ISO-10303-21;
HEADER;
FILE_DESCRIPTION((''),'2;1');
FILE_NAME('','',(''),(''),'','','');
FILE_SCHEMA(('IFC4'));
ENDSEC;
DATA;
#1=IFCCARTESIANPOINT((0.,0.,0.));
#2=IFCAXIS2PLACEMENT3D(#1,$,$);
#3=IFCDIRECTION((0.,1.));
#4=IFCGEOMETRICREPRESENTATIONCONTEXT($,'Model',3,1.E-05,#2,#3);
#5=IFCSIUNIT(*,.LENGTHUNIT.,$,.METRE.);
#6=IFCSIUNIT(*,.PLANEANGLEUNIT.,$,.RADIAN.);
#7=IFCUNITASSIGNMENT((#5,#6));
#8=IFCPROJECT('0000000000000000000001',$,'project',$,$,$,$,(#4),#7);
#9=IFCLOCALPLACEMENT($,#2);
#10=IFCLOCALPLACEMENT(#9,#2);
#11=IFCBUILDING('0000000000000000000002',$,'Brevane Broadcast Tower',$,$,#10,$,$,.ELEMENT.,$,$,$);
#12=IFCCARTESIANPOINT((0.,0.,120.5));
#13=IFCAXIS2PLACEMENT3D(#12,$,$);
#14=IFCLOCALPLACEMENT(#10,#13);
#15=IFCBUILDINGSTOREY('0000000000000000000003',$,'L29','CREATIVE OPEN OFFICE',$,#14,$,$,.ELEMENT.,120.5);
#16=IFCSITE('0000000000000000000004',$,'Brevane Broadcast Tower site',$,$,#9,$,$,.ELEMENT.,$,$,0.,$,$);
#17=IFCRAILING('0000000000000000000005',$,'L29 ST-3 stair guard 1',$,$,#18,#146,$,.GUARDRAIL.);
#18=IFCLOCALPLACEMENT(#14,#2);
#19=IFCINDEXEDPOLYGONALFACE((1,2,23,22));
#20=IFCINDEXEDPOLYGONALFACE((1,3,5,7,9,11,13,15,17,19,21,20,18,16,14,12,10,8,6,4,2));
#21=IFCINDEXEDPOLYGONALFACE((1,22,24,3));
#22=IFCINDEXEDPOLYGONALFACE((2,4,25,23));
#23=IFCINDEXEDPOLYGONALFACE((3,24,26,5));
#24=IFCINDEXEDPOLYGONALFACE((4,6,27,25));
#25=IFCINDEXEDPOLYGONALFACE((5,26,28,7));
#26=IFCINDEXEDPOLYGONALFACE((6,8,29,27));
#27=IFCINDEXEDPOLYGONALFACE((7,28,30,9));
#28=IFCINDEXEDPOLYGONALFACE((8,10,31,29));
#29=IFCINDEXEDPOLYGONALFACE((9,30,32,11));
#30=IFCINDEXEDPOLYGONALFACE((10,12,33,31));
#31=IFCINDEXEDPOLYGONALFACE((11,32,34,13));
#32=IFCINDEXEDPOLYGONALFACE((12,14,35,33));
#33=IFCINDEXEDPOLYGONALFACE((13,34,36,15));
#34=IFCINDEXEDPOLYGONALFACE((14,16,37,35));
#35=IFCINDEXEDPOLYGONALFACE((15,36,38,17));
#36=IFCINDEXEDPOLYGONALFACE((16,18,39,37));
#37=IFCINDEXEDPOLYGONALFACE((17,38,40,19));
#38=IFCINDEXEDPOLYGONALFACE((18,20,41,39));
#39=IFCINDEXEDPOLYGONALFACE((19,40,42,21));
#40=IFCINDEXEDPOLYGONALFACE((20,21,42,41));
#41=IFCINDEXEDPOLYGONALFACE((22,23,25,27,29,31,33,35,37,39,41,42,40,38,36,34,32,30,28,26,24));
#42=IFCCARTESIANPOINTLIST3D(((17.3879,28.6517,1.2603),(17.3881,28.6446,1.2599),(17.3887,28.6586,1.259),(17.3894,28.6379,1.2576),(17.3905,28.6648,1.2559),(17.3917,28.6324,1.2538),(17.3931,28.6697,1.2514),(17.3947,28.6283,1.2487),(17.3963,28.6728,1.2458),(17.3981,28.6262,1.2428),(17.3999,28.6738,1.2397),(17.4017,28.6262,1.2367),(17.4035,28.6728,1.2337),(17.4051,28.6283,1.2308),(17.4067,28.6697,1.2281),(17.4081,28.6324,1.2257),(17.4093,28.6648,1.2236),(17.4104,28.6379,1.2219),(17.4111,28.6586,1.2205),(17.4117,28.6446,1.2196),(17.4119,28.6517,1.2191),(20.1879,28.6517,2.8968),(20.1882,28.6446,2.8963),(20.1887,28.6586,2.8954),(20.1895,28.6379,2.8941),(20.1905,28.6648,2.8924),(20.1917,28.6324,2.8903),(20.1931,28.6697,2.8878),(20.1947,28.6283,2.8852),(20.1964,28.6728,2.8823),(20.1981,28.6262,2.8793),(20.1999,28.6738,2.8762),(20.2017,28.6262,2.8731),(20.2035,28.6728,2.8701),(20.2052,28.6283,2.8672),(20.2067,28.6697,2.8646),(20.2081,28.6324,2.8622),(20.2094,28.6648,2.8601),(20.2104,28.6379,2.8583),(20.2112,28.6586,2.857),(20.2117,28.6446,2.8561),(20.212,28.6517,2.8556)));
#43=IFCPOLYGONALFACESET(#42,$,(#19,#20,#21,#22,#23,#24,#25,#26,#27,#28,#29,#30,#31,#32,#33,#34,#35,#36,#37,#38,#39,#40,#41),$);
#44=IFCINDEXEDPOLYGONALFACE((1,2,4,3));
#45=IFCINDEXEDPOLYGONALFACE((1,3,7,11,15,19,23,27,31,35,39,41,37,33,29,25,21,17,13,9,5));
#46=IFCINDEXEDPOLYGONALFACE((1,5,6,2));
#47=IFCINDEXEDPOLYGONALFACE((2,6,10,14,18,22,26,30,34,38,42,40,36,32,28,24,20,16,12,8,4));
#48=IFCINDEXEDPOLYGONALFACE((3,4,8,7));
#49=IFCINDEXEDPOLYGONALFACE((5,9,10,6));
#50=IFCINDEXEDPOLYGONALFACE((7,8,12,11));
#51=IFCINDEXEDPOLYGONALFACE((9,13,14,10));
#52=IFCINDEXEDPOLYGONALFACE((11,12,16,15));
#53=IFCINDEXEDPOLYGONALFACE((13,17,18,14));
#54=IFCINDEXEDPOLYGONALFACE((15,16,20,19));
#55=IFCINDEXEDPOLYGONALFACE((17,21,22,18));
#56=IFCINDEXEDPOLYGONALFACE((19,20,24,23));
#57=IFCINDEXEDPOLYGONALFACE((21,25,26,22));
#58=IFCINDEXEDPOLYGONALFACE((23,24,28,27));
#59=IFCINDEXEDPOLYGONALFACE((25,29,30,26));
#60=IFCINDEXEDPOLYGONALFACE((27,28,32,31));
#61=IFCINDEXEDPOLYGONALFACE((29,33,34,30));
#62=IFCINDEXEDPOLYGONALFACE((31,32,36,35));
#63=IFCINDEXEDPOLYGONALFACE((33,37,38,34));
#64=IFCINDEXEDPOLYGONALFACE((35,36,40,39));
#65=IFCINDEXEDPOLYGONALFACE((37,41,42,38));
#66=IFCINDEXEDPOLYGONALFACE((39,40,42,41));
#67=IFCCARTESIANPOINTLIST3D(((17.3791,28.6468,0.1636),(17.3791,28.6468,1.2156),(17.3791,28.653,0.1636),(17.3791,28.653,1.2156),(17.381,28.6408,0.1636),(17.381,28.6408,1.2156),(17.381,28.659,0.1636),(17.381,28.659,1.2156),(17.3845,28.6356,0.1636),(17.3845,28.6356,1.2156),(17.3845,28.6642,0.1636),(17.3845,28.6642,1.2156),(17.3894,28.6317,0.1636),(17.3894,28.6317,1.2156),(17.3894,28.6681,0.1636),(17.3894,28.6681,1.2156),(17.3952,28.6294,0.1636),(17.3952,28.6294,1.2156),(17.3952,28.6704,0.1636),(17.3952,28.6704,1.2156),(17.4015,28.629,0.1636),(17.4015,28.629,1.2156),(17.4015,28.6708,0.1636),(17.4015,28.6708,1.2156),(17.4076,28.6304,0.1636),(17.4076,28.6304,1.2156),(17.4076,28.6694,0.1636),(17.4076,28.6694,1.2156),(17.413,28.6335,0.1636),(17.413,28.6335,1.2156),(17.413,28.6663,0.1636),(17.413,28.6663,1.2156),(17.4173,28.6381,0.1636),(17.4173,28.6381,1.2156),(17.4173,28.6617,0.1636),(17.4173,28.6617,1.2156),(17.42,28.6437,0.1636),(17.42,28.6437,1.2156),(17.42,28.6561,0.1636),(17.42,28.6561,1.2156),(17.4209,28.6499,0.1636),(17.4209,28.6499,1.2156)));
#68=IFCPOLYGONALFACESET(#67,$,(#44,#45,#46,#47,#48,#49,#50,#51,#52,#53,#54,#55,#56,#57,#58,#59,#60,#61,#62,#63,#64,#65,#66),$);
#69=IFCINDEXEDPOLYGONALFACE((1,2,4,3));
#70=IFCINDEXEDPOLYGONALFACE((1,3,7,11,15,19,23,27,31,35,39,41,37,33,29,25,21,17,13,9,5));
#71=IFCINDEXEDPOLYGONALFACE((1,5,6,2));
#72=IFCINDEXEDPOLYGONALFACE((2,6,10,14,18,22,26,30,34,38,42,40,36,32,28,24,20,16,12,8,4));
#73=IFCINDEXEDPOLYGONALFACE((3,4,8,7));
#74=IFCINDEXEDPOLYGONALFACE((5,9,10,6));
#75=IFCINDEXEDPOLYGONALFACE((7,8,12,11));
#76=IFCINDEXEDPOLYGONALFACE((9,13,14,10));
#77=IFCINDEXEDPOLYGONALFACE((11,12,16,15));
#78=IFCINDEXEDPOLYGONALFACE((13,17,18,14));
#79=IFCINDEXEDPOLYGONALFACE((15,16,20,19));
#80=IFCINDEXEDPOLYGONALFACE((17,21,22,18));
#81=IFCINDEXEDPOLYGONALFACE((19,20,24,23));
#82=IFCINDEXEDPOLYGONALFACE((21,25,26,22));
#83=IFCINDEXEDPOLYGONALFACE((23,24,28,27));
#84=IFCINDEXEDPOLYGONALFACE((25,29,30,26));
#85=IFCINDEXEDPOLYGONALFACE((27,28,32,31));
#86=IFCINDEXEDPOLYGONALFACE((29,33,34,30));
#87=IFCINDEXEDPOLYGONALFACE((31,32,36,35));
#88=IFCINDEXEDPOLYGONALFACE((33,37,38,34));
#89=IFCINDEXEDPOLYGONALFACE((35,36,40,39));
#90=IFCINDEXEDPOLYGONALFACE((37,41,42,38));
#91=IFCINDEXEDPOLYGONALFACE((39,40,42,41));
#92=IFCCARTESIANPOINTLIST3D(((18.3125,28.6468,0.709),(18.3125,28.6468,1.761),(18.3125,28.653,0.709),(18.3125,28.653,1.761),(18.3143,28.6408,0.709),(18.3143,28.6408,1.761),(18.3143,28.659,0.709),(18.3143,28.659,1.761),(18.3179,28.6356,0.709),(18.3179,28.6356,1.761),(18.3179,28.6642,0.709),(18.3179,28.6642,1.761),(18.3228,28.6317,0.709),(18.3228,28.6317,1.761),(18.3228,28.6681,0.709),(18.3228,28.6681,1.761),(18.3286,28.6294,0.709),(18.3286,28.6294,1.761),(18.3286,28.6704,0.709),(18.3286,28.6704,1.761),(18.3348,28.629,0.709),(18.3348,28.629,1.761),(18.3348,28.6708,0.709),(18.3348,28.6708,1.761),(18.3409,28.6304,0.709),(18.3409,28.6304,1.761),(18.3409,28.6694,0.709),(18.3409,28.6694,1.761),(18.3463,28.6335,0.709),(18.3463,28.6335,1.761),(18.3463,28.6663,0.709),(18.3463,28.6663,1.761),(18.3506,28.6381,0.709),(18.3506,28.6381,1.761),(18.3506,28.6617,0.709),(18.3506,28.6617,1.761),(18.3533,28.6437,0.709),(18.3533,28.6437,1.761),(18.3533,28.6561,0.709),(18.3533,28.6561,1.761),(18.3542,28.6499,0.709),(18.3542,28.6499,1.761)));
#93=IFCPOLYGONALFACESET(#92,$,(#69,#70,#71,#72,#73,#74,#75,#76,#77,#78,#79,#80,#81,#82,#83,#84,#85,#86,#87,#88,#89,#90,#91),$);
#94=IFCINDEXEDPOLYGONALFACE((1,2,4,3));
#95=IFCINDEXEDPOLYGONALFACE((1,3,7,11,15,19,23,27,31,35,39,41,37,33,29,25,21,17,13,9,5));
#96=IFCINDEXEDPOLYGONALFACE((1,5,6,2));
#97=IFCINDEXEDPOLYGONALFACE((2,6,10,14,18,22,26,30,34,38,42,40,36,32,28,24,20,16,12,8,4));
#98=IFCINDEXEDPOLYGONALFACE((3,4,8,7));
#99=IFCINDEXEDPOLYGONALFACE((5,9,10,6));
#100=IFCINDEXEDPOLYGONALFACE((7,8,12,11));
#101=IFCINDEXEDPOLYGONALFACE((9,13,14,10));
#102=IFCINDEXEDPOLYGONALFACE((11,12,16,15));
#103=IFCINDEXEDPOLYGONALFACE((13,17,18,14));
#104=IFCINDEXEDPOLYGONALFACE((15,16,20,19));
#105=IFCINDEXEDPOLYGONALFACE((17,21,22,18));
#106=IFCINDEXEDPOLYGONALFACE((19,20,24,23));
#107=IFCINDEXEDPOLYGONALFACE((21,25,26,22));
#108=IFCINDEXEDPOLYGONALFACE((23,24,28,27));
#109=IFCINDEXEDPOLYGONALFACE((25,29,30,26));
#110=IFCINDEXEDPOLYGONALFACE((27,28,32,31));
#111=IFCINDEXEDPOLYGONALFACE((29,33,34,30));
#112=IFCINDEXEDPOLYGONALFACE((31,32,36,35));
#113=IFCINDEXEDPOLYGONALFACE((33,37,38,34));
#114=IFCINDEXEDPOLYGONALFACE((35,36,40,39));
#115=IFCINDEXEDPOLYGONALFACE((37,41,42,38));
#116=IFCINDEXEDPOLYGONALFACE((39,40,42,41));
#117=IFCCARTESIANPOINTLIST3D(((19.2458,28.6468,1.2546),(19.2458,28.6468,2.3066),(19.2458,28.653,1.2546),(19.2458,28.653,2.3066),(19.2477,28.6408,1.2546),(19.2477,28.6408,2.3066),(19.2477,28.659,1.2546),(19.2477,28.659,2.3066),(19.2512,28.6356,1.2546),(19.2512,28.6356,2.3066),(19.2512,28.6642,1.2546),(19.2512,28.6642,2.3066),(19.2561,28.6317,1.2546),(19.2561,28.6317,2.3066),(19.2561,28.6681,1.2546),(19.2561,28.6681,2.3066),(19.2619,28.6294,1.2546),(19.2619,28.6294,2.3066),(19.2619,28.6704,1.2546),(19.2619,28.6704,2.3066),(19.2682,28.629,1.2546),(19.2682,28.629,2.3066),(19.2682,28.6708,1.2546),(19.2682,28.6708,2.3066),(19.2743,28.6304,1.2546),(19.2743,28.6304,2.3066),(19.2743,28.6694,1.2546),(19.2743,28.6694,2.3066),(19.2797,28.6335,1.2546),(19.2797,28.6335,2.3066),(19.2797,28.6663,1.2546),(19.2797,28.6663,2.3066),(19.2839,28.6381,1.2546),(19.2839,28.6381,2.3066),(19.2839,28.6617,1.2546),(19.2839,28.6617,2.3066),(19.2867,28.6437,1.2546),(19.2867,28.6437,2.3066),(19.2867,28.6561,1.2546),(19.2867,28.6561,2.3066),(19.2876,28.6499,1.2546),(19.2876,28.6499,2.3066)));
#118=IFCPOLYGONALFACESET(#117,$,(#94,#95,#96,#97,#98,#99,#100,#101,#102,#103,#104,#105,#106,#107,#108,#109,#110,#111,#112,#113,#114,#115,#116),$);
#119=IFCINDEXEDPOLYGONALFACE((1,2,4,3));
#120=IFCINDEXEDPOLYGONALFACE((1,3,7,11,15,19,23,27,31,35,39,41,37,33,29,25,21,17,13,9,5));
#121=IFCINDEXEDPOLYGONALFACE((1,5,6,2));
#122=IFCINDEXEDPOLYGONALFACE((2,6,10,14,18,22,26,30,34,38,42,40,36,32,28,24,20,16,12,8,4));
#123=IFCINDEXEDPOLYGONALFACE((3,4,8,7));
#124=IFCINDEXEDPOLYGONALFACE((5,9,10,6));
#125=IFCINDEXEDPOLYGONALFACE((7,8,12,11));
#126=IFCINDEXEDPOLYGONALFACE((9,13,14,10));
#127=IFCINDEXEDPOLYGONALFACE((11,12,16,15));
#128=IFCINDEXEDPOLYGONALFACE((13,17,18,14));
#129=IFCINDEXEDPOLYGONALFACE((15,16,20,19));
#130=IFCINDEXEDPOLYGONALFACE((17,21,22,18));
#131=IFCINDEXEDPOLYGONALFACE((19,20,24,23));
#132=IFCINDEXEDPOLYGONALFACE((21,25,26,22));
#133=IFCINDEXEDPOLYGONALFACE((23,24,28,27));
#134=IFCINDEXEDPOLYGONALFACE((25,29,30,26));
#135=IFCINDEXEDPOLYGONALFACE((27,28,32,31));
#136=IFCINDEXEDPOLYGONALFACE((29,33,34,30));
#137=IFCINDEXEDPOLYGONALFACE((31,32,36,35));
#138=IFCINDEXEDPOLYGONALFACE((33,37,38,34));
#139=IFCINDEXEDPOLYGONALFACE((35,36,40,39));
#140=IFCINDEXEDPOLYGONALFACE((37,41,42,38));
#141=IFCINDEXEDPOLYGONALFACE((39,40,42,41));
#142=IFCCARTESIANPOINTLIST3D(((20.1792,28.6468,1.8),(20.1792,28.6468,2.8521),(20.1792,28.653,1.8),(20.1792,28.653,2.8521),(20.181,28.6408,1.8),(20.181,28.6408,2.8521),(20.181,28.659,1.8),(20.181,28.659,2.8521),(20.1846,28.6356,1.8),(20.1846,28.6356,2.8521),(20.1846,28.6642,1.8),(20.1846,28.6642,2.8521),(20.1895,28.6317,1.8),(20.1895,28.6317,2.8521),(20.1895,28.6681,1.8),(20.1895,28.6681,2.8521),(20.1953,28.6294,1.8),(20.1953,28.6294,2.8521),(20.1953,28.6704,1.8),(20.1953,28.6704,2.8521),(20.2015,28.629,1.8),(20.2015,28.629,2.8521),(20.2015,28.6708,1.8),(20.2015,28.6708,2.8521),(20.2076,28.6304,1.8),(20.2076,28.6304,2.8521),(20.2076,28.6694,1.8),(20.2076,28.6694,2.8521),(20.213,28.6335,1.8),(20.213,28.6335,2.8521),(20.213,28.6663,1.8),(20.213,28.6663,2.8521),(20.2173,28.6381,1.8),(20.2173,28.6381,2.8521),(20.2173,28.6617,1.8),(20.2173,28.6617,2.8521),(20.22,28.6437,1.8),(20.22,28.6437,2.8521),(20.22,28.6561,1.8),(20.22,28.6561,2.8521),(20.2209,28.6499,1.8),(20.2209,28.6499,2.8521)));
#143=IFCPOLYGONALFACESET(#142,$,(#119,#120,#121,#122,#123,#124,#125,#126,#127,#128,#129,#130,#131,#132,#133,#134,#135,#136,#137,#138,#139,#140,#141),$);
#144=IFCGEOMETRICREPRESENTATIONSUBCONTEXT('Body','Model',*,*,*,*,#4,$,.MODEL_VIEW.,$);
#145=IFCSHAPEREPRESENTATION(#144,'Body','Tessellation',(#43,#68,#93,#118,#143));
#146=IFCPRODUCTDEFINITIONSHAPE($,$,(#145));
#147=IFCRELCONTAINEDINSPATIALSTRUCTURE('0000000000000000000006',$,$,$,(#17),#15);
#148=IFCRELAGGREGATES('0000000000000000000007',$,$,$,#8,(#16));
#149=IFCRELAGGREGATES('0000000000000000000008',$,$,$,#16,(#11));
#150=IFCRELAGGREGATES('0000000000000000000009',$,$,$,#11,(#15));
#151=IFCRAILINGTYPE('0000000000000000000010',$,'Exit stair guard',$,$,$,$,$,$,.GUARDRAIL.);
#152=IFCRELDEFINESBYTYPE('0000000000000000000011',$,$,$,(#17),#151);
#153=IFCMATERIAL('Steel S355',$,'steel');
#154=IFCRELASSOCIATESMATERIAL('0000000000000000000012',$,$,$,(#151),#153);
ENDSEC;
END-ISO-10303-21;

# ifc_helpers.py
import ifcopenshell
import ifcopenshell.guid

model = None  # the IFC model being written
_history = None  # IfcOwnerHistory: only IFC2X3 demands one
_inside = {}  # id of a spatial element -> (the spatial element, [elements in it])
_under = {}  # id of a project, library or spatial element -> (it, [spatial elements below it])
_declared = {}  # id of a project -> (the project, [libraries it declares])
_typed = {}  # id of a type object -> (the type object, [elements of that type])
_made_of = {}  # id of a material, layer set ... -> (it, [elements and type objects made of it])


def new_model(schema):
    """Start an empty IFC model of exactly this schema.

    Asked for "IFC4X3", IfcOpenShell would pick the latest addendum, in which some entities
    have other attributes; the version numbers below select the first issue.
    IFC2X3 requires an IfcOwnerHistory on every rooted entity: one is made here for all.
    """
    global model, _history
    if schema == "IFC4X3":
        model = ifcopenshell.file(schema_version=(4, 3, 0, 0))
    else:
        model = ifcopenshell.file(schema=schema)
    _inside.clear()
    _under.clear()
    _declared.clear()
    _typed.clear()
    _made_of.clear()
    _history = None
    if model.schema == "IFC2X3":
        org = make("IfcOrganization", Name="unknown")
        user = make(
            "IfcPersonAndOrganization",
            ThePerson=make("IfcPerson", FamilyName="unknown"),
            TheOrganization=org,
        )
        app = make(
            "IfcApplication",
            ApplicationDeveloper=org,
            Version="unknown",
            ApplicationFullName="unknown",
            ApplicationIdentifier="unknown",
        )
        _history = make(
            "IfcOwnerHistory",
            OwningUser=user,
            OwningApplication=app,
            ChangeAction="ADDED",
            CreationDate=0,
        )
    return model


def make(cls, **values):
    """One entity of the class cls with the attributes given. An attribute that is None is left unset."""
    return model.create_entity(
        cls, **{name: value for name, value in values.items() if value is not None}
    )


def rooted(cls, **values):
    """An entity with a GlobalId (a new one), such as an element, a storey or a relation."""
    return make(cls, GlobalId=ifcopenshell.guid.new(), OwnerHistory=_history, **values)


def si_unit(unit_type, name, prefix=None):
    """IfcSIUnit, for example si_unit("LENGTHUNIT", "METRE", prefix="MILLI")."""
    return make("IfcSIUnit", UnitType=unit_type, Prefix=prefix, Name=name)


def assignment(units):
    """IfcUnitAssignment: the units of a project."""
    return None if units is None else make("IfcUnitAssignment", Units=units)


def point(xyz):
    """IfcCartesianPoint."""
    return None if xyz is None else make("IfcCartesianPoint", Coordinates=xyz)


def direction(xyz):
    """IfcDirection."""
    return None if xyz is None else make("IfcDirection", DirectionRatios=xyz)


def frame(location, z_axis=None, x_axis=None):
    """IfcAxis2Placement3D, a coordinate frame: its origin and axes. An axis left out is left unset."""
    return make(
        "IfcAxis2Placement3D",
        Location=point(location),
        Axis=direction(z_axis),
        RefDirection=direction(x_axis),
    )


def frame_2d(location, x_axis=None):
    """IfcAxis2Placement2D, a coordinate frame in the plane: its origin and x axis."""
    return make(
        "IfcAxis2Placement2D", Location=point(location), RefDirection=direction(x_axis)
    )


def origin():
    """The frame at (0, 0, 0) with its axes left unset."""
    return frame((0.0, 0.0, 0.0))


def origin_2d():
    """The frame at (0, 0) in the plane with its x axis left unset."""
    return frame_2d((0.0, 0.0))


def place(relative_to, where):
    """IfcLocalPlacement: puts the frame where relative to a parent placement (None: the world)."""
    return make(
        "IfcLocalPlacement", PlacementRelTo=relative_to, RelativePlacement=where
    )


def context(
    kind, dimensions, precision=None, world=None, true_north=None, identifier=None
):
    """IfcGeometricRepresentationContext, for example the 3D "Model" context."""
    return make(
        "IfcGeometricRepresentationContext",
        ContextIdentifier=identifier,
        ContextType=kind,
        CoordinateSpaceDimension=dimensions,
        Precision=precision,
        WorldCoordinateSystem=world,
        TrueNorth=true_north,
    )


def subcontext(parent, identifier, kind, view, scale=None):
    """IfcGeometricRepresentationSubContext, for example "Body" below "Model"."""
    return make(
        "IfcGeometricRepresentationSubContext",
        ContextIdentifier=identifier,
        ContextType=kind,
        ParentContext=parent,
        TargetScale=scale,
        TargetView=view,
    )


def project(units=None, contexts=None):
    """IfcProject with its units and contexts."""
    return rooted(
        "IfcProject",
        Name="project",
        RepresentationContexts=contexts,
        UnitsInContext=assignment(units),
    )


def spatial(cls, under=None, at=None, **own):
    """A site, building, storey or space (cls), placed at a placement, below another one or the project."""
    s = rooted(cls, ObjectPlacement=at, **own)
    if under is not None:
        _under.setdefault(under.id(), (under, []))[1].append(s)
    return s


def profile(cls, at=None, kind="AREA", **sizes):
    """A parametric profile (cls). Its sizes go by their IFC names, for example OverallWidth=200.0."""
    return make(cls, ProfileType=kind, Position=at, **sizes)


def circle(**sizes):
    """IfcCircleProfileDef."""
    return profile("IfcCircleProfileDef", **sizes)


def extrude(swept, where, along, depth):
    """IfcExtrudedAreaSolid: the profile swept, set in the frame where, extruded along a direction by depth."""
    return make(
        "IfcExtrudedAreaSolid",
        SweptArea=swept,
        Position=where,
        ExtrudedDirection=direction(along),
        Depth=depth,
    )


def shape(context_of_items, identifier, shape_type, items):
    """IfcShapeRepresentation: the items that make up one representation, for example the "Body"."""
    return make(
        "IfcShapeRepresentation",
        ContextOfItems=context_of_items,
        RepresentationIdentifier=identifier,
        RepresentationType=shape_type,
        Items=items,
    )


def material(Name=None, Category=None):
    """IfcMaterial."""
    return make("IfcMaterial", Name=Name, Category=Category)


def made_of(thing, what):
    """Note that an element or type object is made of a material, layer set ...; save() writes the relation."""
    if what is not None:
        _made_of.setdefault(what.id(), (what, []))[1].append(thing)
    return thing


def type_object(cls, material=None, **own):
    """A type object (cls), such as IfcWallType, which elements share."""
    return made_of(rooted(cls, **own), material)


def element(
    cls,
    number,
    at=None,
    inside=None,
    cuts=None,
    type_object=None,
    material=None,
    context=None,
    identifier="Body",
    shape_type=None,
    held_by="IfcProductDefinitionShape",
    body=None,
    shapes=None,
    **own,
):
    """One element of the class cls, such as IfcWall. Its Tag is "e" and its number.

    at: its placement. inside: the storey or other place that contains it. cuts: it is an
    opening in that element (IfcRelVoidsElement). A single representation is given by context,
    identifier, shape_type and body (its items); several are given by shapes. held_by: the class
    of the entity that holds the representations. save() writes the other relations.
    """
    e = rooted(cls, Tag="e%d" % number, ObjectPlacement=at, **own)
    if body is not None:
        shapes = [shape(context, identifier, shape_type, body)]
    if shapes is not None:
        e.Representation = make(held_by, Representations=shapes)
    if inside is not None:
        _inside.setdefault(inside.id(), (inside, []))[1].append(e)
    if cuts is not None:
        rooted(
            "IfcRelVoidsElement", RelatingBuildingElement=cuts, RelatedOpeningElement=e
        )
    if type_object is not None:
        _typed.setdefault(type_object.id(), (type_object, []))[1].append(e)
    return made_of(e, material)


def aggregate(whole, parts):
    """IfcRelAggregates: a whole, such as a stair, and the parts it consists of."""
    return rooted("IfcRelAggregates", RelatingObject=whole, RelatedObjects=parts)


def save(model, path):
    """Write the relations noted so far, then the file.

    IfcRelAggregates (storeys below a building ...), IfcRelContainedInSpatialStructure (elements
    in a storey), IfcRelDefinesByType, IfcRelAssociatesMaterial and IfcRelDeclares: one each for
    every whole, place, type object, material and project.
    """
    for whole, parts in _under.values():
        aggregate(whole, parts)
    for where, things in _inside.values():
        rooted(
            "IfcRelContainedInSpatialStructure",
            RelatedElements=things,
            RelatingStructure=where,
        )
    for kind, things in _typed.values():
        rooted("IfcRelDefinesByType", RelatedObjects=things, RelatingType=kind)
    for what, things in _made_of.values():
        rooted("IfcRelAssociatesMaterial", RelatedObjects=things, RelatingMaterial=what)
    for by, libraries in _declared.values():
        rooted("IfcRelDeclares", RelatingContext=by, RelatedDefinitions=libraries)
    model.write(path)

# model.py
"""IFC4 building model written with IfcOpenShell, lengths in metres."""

from ifc_helpers import new_model, si_unit, direction, frame, origin, origin_2d, place, context, subcontext, project, spatial, circle, extrude, material, type_object, element, save


model = new_model("IFC4")

# Units and contexts
model_context = context("Model", 3, precision=1e-05, world=origin(), true_north=direction((0.0, 1.0)))
body_context = subcontext(model_context, "Body", "Model", "MODEL_VIEW")
ifc_project = project(units=[si_unit("LENGTHUNIT", "METRE"), si_unit("PLANEANGLEUNIT", "RADIAN")], contexts=[model_context])

# Site, building, storey
site_placement = place(None, origin())
site = spatial("IfcSite", under=ifc_project, at=site_placement, Name="Brevane Broadcast Tower site", CompositionType="ELEMENT", RefElevation=0.0)
building_placement = place(site_placement, origin())
building = spatial("IfcBuilding", under=site, at=building_placement, Name="Brevane Broadcast Tower", CompositionType="ELEMENT")
storey_placement = place(building_placement, frame((0.0, 0.0, 120.5)))
storey = spatial("IfcBuildingStorey", under=building, at=storey_placement, Name="L29", Description="CREATIVE OPEN OFFICE", CompositionType="ELEMENT", Elevation=120.5)

# Railing
ifc_material_1 = material(Name="Steel S355", Category="steel")
railing_type_1 = type_object("IfcRailingType", Name="Exit stair guard", PredefinedType="GUARDRAIL", material=ifc_material_1)
railing_1_placement = place(storey_placement, frame((17.3999, 28.6499, 0.1636)))
element("IfcRailing", 1, at=railing_1_placement, inside=storey, type_object=railing_type_1, Name="L29 ST-3 stair guard 1", PredefinedType="GUARDRAIL", context=body_context, shape_type="SweptSolid", body=[
    extrude(circle(Radius=0.0239, at=origin_2d()), frame((0.0, 0.0, 1.0762), z_axis=(0.863361, 0.0, 0.504587), x_axis=(0.0, 1.0, 0.0)), (0.0, 0.0, 1.0), 3.2432),
    extrude(circle(Radius=0.021, at=origin_2d()), origin(), (0.0, 0.0, 1.0), 1.052),
    extrude(circle(Radius=0.021, at=origin_2d()), frame((0.9333, 0.0, 0.5454)), (0.0, 0.0, 1.0), 1.052),
    extrude(circle(Radius=0.021, at=origin_2d()), frame((1.8667, 0.0, 1.0911)), (0.0, 0.0, 1.0), 1.052),
    extrude(circle(Radius=0.021, at=origin_2d()), frame((2.8, 0.0, 1.6365)), (0.0, 0.0, 1.0), 1.052),
])

save(model, "model.ifc")
